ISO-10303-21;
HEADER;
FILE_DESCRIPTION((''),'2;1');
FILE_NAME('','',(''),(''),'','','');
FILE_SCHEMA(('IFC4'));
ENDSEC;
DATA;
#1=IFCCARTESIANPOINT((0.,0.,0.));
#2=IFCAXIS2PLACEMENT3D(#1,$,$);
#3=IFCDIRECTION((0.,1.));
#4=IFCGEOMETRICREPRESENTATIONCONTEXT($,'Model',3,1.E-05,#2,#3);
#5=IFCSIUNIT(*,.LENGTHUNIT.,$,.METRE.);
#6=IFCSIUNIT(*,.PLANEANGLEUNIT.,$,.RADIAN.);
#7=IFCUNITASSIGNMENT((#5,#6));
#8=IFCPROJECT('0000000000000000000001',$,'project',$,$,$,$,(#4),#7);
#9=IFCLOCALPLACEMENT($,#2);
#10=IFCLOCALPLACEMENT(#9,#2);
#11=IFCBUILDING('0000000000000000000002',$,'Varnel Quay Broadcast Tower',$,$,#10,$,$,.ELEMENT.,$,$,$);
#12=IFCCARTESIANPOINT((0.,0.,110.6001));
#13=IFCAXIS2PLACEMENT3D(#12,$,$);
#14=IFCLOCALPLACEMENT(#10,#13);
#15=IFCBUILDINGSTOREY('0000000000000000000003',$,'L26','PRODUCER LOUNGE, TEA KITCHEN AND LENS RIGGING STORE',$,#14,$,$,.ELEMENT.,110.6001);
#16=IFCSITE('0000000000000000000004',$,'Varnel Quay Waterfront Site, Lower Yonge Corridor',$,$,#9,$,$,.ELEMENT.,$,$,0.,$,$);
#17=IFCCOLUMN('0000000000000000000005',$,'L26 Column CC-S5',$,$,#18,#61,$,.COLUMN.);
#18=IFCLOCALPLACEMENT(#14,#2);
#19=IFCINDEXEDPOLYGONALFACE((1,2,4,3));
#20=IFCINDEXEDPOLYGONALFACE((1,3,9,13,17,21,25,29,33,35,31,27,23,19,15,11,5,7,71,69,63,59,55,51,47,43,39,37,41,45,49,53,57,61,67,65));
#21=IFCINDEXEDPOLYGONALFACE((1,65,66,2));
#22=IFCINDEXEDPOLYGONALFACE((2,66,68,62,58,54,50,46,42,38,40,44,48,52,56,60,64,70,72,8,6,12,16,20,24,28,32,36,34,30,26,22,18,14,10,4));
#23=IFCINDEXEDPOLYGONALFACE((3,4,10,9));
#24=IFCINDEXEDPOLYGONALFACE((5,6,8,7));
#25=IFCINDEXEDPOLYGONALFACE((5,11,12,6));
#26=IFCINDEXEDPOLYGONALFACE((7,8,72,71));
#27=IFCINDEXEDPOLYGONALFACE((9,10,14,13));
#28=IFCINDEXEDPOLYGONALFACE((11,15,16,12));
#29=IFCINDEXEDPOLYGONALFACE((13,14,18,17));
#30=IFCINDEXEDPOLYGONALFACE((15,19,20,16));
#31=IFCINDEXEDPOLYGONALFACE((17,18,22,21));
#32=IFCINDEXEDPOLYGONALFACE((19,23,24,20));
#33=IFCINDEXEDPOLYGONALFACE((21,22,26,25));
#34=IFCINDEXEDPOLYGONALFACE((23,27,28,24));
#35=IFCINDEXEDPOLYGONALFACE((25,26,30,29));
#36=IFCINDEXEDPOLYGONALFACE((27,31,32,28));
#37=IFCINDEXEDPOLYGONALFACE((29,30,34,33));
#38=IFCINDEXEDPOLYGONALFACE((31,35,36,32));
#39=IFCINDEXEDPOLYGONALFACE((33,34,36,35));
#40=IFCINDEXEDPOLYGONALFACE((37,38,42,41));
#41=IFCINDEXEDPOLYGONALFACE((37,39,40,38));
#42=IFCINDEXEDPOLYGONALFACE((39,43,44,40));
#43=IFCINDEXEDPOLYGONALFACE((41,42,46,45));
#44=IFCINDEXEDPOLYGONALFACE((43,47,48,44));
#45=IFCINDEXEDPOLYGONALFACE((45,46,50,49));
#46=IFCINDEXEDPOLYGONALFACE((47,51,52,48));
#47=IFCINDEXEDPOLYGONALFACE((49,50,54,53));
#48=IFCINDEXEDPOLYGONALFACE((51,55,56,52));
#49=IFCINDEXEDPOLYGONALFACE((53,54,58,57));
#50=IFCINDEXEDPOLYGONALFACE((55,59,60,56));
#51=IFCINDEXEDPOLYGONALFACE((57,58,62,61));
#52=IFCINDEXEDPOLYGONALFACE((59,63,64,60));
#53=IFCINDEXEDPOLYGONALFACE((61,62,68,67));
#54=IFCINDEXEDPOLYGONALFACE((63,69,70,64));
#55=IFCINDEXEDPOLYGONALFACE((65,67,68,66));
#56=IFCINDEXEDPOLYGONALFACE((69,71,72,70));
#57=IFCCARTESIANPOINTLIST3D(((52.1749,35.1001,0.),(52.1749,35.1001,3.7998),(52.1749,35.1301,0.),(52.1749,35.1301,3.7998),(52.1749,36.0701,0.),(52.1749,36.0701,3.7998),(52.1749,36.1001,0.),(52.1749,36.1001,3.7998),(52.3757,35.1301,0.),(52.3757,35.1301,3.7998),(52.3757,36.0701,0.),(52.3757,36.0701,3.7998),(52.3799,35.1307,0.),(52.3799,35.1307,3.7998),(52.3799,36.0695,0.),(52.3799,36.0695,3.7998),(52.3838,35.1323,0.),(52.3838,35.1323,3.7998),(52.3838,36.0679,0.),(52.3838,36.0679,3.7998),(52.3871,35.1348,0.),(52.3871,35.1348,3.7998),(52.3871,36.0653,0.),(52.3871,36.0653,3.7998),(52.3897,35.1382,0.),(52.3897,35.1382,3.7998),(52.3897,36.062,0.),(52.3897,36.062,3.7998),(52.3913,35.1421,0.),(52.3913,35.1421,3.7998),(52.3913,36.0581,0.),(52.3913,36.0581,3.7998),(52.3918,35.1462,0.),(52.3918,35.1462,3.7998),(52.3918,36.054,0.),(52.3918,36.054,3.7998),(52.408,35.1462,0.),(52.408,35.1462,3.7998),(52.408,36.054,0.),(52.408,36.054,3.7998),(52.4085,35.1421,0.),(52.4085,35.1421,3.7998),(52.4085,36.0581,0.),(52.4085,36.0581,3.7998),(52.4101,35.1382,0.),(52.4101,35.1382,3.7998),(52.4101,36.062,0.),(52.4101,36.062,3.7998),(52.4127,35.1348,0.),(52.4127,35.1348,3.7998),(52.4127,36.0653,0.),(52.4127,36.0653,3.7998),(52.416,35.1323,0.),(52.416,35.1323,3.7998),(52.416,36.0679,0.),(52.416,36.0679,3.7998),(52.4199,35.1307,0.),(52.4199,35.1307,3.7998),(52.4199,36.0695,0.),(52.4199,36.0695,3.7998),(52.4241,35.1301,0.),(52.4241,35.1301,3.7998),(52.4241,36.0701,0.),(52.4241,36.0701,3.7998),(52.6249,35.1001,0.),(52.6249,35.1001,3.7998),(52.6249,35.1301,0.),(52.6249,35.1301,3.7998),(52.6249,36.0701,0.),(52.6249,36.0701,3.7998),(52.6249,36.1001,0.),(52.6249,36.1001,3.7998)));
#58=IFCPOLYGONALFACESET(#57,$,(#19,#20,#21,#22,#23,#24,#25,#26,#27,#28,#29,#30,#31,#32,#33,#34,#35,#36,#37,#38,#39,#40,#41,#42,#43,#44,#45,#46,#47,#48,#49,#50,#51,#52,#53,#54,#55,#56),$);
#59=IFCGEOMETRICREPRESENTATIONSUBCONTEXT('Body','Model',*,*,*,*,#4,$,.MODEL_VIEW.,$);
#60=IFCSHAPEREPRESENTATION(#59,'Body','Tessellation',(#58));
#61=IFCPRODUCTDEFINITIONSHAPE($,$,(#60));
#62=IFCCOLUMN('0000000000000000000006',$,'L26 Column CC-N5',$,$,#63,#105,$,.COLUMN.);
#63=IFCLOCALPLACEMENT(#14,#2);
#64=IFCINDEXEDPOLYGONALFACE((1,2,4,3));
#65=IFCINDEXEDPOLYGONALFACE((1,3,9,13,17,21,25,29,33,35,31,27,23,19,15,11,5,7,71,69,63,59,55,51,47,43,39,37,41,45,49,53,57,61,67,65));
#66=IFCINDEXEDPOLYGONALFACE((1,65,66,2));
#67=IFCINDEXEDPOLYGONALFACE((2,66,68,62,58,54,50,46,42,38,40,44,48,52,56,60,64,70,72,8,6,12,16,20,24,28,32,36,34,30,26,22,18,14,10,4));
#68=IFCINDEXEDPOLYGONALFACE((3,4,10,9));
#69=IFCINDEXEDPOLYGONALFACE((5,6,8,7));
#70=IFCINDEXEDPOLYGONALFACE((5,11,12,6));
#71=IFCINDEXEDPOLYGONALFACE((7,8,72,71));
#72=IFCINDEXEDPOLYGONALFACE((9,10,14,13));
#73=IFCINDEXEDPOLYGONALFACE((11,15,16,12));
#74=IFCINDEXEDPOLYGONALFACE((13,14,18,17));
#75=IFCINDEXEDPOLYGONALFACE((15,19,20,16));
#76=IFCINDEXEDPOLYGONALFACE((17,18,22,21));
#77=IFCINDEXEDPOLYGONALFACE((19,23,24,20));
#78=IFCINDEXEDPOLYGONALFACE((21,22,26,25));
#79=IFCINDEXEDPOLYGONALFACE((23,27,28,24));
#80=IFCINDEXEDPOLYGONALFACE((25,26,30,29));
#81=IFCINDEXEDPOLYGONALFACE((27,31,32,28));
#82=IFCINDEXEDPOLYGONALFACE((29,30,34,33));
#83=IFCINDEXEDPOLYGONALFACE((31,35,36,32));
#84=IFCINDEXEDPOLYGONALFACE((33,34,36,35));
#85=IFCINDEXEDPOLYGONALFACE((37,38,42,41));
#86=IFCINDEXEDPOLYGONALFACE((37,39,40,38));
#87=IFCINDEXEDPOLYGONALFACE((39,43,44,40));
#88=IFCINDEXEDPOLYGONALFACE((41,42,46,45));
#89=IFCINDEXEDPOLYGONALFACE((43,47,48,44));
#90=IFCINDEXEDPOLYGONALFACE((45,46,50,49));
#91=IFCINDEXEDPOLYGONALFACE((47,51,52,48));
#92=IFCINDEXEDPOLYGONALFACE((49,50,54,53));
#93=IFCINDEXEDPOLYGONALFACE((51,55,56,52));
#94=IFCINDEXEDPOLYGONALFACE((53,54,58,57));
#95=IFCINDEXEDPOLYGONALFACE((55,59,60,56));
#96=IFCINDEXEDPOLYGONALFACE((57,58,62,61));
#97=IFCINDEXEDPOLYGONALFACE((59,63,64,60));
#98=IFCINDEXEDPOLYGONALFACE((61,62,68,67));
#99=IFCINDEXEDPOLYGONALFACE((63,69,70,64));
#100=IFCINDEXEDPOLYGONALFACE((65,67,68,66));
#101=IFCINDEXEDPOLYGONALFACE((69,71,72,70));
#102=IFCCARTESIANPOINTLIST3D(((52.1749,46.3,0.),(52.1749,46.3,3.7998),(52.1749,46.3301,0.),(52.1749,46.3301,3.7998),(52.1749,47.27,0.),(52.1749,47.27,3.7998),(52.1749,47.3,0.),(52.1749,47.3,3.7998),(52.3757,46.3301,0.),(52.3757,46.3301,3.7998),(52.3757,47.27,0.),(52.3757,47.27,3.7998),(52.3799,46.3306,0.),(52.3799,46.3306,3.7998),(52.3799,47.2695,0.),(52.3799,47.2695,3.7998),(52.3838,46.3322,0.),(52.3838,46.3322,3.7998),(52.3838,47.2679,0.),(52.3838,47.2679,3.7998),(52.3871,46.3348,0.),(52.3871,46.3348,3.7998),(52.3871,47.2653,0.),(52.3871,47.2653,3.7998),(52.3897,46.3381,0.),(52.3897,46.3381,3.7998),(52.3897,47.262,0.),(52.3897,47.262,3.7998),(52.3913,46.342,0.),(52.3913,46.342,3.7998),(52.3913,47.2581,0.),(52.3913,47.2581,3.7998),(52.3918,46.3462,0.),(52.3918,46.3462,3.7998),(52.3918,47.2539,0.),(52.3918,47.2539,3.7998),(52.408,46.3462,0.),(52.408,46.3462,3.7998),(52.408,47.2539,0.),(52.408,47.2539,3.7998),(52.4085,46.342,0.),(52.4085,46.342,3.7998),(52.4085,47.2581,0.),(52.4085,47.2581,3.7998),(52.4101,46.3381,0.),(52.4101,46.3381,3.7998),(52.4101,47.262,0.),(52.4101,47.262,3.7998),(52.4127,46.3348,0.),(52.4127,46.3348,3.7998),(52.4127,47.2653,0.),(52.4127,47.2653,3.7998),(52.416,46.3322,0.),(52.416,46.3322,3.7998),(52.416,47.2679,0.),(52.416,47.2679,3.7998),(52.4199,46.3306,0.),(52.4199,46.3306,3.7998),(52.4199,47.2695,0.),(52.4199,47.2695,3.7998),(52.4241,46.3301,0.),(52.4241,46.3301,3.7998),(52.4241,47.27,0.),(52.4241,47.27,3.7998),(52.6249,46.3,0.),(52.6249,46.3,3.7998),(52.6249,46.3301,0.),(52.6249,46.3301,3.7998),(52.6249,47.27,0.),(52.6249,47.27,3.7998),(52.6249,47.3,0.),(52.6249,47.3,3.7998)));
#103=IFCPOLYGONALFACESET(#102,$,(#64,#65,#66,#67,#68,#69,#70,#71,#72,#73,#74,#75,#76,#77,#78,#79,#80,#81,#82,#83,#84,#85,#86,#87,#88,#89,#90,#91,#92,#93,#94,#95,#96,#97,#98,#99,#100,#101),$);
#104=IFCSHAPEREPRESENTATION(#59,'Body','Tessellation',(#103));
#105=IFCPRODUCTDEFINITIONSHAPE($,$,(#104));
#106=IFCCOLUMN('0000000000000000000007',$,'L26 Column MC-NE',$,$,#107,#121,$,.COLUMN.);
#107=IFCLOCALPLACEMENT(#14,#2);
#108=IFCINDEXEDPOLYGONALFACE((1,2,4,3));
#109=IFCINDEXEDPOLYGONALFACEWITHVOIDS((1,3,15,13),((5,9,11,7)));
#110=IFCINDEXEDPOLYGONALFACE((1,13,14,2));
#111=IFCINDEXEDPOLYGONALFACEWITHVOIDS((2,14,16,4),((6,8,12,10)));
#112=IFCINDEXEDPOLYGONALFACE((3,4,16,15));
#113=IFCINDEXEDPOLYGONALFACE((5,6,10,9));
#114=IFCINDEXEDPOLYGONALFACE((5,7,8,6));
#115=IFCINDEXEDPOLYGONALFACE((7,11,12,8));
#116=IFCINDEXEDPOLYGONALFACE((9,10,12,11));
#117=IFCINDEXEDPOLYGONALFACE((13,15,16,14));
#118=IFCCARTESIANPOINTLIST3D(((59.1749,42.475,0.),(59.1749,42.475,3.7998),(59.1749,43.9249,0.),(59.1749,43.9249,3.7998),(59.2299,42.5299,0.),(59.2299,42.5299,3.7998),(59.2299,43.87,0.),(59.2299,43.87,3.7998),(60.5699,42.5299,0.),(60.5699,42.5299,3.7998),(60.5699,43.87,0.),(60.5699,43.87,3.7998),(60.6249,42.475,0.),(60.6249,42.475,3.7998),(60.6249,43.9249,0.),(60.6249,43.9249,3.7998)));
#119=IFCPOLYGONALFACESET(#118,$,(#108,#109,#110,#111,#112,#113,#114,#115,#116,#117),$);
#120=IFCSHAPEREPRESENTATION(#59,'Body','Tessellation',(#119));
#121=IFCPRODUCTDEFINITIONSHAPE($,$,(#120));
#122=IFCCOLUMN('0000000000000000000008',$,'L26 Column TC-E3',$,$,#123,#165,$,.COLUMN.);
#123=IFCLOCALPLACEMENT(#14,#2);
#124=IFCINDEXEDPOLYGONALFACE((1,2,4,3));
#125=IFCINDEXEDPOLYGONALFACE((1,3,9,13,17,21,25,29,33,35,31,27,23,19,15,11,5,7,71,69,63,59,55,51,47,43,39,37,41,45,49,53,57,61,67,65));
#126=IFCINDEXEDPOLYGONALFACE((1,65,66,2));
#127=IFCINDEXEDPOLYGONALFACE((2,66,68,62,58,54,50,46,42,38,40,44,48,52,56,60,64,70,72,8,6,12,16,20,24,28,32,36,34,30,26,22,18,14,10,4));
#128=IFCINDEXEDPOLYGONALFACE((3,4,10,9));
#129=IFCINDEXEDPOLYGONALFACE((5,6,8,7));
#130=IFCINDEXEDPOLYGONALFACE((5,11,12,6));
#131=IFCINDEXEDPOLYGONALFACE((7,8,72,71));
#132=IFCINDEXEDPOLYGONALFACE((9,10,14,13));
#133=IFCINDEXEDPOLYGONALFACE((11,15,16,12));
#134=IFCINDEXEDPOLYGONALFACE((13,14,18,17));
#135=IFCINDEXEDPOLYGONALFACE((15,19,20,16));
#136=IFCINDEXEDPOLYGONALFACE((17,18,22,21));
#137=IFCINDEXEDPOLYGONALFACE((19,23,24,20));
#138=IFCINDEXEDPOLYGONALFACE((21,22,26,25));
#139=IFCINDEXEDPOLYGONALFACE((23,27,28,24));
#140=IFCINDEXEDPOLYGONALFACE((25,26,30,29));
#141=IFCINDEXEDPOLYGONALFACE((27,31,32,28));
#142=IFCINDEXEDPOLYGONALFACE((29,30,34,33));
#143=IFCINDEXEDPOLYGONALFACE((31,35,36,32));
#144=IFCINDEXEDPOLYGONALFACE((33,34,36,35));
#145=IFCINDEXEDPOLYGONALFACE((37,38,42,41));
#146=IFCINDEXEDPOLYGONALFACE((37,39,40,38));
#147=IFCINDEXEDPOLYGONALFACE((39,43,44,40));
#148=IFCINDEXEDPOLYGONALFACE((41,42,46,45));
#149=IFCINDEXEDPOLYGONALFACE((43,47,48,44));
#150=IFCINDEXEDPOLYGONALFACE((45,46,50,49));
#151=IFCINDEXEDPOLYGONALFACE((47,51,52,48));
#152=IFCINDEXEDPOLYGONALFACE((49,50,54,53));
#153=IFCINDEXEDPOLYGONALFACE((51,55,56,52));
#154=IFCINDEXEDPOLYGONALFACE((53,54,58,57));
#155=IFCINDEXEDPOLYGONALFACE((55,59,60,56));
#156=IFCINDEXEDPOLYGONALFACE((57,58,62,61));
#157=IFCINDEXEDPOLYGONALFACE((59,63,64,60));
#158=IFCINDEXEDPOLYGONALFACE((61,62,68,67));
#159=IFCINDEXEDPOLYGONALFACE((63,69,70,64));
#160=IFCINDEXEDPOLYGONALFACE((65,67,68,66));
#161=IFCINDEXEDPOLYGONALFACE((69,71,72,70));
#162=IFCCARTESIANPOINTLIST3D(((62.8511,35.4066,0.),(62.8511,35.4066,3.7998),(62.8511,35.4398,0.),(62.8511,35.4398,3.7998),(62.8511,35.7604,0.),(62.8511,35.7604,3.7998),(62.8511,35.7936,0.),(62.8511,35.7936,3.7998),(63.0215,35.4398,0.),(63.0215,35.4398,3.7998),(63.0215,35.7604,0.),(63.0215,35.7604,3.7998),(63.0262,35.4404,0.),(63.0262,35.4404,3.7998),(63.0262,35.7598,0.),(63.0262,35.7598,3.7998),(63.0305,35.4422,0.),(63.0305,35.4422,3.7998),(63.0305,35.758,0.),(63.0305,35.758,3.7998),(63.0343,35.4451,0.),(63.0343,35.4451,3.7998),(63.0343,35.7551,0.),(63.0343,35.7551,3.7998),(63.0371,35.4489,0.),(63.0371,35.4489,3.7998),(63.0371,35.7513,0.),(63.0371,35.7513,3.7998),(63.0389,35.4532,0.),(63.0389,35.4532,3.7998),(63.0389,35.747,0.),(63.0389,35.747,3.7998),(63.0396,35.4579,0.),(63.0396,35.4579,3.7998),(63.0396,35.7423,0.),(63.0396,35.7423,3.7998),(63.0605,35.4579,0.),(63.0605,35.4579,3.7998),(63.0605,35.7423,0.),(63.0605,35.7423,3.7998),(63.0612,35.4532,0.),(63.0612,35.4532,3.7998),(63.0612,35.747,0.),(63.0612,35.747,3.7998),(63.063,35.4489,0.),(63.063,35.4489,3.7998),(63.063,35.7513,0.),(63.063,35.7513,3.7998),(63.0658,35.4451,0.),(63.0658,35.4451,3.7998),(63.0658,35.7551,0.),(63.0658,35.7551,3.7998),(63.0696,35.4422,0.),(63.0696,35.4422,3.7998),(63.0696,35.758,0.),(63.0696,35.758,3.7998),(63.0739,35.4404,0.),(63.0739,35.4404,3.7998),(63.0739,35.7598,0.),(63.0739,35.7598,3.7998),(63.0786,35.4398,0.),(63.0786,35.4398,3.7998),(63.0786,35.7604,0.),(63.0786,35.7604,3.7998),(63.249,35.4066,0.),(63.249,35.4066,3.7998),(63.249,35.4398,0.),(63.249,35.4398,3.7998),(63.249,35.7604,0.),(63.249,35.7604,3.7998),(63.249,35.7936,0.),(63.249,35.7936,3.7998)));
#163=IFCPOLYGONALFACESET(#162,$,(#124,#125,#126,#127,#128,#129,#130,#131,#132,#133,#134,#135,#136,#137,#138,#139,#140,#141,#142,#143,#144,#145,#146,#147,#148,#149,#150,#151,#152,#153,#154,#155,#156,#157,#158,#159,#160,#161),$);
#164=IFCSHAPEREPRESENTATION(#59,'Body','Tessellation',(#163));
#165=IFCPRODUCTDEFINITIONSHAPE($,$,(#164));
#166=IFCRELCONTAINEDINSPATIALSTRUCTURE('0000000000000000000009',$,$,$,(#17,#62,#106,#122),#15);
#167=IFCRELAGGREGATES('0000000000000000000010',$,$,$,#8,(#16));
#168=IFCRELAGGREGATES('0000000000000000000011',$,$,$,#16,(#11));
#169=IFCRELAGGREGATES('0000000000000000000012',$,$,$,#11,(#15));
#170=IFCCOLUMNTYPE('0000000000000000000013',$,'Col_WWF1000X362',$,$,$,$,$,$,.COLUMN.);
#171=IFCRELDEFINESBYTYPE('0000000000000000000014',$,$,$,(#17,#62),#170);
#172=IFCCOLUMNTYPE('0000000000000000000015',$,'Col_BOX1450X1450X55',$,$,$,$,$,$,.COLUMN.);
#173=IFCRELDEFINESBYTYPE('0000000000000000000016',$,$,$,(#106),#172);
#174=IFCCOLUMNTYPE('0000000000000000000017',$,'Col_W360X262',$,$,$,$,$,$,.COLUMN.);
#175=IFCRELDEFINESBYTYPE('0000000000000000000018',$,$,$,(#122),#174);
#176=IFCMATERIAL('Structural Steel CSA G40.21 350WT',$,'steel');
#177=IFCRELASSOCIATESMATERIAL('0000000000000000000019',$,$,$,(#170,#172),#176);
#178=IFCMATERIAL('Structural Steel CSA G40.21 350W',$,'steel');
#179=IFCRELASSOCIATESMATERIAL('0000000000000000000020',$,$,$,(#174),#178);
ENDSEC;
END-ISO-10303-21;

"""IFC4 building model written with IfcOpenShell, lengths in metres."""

from ifc_helpers import new_model, si_unit, direction, frame, origin, origin_2d, place, context, subcontext, project, spatial, hollow_rectangle, i_section, extrude, source, transform, mapped, material, material_profile, profile_set, type_object, type_shapes, element, save


model = new_model("IFC4")

# Units and contexts
model_context = context("Model", 3, precision=1e-05, world=origin(), true_north=direction((0.0, 1.0)))
body_context = subcontext(model_context, "Body", "Model", "MODEL_VIEW")
ifc_project = project(units=[si_unit("LENGTHUNIT", "METRE"), si_unit("PLANEANGLEUNIT", "RADIAN")], contexts=[model_context])

# Site, building, storey
site_placement = place(None, origin())
site = spatial("IfcSite", under=ifc_project, at=site_placement, Name="Varnel Quay Waterfront Site, Lower Yonge Corridor", CompositionType="ELEMENT", RefElevation=0.0)
building_placement = place(site_placement, origin())
building = spatial("IfcBuilding", under=site, at=building_placement, Name="Varnel Quay Broadcast Tower", CompositionType="ELEMENT")
storey_placement = place(building_placement, frame((0.0, 0.0, 110.6001)))
storey = spatial("IfcBuildingStorey", under=building, at=storey_placement, Name="L26", Description="PRODUCER LOUNGE, TEA KITCHEN AND LENS RIGGING STORE", CompositionType="ELEMENT", Elevation=110.6001)

# Columns
ifc_material_1 = material(Name="Structural Steel CSA G40.21 350WT", Category="steel")
ifc_material_profile_1 = material_profile(ifc_material_1, i_section(OverallWidth=0.45, OverallDepth=1.0, WebThickness=0.0161, FlangeThickness=0.03, FilletRadius=0.0161, at=origin_2d()), Name="WWF1000X362")
ifc_profile_set_1 = profile_set([ifc_material_profile_1], Name="Structural Steel CSA G40.21 350WT")
column_type_1 = type_object("IfcColumnType", Name="Col_WWF1000X362", PredefinedType="COLUMN", material=ifc_profile_set_1)
shared_shape_1 = source(origin(), body_context, "Body", "SweptSolid", [
    extrude(i_section(OverallWidth=0.45, OverallDepth=1.0, WebThickness=0.0161, FlangeThickness=0.03, FilletRadius=0.0161, at=origin_2d()), origin(), (0.0, 0.0, 1.0), 3.7998),
])
type_shapes(column_type_1, [shared_shape_1])
for number, where, z_axis, x_axis, name in (
    (1, (52.3999, 35.6001, 0.0), (0.0, 0.0, 1.0), (1.0, 0.0, 0.0), "L26 Column CC-S5"),
    (2, (52.3999, 46.8, 0.0), (0.0, 0.0, 1.0), (1.0, 0.0, 0.0), "L26 Column CC-N5"),
):
    element("IfcColumn", number, at=place(storey_placement, frame(where, z_axis=z_axis, x_axis=x_axis)), inside=storey, type_object=column_type_1, Name=name, PredefinedType="COLUMN", context=body_context, shape_type="MappedRepresentation", body=[
        mapped(shared_shape_1, transform((0.0, 0.0, 0.0), x_axis=(1.0, 0.0, 0.0), y_axis=(0.0, 1.0, 0.0), z_axis=(0.0, 0.0, 1.0), scale=1.0)),
    ])
ifc_material_profile_2 = material_profile(ifc_material_1, hollow_rectangle(XDim=1.45, YDim=1.45, WallThickness=0.0549, at=origin_2d()), Name="BOX1450X1450X55")
ifc_profile_set_2 = profile_set([ifc_material_profile_2], Name="Structural Steel CSA G40.21 350WT")
column_type_2 = type_object("IfcColumnType", Name="Col_BOX1450X1450X55", PredefinedType="COLUMN", material=ifc_profile_set_2)
shared_shape_2 = source(origin(), body_context, "Body", "SweptSolid", [
    extrude(hollow_rectangle(XDim=1.45, YDim=1.45, WallThickness=0.0549, at=origin_2d()), origin(), (0.0, 0.0, 1.0), 3.7998),
])
type_shapes(column_type_2, [shared_shape_2])
column_1_placement = place(storey_placement, frame((59.8999, 43.2, 0.0), z_axis=(0.0, 0.0, 1.0), x_axis=(1.0, 0.0, 0.0)))
element("IfcColumn", 3, at=column_1_placement, inside=storey, type_object=column_type_2, Name="L26 Column MC-NE", PredefinedType="COLUMN", context=body_context, shape_type="MappedRepresentation", body=[
    mapped(shared_shape_2, transform((0.0, 0.0, 0.0), x_axis=(1.0, 0.0, 0.0), y_axis=(0.0, 1.0, 0.0), z_axis=(0.0, 0.0, 1.0), scale=1.0)),
])
ifc_material_2 = material(Name="Structural Steel CSA G40.21 350W", Category="steel")
ifc_material_profile_3 = material_profile(ifc_material_2, i_section(OverallWidth=0.3979, OverallDepth=0.387, WebThickness=0.021, FlangeThickness=0.0332, FilletRadius=0.0181, at=origin_2d()), Name="W360X262")
ifc_profile_set_3 = profile_set([ifc_material_profile_3], Name="Structural Steel CSA G40.21 350W")
column_type_3 = type_object("IfcColumnType", Name="Col_W360X262", PredefinedType="COLUMN", material=ifc_profile_set_3)
shared_shape_3 = source(origin(), body_context, "Body", "SweptSolid", [
    extrude(i_section(OverallWidth=0.3979, OverallDepth=0.387, WebThickness=0.021, FlangeThickness=0.0332, FilletRadius=0.0181, at=origin_2d()), origin(), (0.0, 0.0, 1.0), 3.7998),
])
type_shapes(column_type_3, [shared_shape_3])
column_2_placement = place(storey_placement, frame((63.05, 35.6001, 0.0), z_axis=(0.0, 0.0, 1.0), x_axis=(1.0, 0.0, 0.0)))
element("IfcColumn", 4, at=column_2_placement, inside=storey, type_object=column_type_3, Name="L26 Column TC-E3", PredefinedType="COLUMN", context=body_context, shape_type="MappedRepresentation", body=[
    mapped(shared_shape_3, transform((0.0, 0.0, 0.0), x_axis=(1.0, 0.0, 0.0), y_axis=(0.0, 1.0, 0.0), z_axis=(0.0, 0.0, 1.0), scale=1.0)),
])

save(model, "model.ifc")
